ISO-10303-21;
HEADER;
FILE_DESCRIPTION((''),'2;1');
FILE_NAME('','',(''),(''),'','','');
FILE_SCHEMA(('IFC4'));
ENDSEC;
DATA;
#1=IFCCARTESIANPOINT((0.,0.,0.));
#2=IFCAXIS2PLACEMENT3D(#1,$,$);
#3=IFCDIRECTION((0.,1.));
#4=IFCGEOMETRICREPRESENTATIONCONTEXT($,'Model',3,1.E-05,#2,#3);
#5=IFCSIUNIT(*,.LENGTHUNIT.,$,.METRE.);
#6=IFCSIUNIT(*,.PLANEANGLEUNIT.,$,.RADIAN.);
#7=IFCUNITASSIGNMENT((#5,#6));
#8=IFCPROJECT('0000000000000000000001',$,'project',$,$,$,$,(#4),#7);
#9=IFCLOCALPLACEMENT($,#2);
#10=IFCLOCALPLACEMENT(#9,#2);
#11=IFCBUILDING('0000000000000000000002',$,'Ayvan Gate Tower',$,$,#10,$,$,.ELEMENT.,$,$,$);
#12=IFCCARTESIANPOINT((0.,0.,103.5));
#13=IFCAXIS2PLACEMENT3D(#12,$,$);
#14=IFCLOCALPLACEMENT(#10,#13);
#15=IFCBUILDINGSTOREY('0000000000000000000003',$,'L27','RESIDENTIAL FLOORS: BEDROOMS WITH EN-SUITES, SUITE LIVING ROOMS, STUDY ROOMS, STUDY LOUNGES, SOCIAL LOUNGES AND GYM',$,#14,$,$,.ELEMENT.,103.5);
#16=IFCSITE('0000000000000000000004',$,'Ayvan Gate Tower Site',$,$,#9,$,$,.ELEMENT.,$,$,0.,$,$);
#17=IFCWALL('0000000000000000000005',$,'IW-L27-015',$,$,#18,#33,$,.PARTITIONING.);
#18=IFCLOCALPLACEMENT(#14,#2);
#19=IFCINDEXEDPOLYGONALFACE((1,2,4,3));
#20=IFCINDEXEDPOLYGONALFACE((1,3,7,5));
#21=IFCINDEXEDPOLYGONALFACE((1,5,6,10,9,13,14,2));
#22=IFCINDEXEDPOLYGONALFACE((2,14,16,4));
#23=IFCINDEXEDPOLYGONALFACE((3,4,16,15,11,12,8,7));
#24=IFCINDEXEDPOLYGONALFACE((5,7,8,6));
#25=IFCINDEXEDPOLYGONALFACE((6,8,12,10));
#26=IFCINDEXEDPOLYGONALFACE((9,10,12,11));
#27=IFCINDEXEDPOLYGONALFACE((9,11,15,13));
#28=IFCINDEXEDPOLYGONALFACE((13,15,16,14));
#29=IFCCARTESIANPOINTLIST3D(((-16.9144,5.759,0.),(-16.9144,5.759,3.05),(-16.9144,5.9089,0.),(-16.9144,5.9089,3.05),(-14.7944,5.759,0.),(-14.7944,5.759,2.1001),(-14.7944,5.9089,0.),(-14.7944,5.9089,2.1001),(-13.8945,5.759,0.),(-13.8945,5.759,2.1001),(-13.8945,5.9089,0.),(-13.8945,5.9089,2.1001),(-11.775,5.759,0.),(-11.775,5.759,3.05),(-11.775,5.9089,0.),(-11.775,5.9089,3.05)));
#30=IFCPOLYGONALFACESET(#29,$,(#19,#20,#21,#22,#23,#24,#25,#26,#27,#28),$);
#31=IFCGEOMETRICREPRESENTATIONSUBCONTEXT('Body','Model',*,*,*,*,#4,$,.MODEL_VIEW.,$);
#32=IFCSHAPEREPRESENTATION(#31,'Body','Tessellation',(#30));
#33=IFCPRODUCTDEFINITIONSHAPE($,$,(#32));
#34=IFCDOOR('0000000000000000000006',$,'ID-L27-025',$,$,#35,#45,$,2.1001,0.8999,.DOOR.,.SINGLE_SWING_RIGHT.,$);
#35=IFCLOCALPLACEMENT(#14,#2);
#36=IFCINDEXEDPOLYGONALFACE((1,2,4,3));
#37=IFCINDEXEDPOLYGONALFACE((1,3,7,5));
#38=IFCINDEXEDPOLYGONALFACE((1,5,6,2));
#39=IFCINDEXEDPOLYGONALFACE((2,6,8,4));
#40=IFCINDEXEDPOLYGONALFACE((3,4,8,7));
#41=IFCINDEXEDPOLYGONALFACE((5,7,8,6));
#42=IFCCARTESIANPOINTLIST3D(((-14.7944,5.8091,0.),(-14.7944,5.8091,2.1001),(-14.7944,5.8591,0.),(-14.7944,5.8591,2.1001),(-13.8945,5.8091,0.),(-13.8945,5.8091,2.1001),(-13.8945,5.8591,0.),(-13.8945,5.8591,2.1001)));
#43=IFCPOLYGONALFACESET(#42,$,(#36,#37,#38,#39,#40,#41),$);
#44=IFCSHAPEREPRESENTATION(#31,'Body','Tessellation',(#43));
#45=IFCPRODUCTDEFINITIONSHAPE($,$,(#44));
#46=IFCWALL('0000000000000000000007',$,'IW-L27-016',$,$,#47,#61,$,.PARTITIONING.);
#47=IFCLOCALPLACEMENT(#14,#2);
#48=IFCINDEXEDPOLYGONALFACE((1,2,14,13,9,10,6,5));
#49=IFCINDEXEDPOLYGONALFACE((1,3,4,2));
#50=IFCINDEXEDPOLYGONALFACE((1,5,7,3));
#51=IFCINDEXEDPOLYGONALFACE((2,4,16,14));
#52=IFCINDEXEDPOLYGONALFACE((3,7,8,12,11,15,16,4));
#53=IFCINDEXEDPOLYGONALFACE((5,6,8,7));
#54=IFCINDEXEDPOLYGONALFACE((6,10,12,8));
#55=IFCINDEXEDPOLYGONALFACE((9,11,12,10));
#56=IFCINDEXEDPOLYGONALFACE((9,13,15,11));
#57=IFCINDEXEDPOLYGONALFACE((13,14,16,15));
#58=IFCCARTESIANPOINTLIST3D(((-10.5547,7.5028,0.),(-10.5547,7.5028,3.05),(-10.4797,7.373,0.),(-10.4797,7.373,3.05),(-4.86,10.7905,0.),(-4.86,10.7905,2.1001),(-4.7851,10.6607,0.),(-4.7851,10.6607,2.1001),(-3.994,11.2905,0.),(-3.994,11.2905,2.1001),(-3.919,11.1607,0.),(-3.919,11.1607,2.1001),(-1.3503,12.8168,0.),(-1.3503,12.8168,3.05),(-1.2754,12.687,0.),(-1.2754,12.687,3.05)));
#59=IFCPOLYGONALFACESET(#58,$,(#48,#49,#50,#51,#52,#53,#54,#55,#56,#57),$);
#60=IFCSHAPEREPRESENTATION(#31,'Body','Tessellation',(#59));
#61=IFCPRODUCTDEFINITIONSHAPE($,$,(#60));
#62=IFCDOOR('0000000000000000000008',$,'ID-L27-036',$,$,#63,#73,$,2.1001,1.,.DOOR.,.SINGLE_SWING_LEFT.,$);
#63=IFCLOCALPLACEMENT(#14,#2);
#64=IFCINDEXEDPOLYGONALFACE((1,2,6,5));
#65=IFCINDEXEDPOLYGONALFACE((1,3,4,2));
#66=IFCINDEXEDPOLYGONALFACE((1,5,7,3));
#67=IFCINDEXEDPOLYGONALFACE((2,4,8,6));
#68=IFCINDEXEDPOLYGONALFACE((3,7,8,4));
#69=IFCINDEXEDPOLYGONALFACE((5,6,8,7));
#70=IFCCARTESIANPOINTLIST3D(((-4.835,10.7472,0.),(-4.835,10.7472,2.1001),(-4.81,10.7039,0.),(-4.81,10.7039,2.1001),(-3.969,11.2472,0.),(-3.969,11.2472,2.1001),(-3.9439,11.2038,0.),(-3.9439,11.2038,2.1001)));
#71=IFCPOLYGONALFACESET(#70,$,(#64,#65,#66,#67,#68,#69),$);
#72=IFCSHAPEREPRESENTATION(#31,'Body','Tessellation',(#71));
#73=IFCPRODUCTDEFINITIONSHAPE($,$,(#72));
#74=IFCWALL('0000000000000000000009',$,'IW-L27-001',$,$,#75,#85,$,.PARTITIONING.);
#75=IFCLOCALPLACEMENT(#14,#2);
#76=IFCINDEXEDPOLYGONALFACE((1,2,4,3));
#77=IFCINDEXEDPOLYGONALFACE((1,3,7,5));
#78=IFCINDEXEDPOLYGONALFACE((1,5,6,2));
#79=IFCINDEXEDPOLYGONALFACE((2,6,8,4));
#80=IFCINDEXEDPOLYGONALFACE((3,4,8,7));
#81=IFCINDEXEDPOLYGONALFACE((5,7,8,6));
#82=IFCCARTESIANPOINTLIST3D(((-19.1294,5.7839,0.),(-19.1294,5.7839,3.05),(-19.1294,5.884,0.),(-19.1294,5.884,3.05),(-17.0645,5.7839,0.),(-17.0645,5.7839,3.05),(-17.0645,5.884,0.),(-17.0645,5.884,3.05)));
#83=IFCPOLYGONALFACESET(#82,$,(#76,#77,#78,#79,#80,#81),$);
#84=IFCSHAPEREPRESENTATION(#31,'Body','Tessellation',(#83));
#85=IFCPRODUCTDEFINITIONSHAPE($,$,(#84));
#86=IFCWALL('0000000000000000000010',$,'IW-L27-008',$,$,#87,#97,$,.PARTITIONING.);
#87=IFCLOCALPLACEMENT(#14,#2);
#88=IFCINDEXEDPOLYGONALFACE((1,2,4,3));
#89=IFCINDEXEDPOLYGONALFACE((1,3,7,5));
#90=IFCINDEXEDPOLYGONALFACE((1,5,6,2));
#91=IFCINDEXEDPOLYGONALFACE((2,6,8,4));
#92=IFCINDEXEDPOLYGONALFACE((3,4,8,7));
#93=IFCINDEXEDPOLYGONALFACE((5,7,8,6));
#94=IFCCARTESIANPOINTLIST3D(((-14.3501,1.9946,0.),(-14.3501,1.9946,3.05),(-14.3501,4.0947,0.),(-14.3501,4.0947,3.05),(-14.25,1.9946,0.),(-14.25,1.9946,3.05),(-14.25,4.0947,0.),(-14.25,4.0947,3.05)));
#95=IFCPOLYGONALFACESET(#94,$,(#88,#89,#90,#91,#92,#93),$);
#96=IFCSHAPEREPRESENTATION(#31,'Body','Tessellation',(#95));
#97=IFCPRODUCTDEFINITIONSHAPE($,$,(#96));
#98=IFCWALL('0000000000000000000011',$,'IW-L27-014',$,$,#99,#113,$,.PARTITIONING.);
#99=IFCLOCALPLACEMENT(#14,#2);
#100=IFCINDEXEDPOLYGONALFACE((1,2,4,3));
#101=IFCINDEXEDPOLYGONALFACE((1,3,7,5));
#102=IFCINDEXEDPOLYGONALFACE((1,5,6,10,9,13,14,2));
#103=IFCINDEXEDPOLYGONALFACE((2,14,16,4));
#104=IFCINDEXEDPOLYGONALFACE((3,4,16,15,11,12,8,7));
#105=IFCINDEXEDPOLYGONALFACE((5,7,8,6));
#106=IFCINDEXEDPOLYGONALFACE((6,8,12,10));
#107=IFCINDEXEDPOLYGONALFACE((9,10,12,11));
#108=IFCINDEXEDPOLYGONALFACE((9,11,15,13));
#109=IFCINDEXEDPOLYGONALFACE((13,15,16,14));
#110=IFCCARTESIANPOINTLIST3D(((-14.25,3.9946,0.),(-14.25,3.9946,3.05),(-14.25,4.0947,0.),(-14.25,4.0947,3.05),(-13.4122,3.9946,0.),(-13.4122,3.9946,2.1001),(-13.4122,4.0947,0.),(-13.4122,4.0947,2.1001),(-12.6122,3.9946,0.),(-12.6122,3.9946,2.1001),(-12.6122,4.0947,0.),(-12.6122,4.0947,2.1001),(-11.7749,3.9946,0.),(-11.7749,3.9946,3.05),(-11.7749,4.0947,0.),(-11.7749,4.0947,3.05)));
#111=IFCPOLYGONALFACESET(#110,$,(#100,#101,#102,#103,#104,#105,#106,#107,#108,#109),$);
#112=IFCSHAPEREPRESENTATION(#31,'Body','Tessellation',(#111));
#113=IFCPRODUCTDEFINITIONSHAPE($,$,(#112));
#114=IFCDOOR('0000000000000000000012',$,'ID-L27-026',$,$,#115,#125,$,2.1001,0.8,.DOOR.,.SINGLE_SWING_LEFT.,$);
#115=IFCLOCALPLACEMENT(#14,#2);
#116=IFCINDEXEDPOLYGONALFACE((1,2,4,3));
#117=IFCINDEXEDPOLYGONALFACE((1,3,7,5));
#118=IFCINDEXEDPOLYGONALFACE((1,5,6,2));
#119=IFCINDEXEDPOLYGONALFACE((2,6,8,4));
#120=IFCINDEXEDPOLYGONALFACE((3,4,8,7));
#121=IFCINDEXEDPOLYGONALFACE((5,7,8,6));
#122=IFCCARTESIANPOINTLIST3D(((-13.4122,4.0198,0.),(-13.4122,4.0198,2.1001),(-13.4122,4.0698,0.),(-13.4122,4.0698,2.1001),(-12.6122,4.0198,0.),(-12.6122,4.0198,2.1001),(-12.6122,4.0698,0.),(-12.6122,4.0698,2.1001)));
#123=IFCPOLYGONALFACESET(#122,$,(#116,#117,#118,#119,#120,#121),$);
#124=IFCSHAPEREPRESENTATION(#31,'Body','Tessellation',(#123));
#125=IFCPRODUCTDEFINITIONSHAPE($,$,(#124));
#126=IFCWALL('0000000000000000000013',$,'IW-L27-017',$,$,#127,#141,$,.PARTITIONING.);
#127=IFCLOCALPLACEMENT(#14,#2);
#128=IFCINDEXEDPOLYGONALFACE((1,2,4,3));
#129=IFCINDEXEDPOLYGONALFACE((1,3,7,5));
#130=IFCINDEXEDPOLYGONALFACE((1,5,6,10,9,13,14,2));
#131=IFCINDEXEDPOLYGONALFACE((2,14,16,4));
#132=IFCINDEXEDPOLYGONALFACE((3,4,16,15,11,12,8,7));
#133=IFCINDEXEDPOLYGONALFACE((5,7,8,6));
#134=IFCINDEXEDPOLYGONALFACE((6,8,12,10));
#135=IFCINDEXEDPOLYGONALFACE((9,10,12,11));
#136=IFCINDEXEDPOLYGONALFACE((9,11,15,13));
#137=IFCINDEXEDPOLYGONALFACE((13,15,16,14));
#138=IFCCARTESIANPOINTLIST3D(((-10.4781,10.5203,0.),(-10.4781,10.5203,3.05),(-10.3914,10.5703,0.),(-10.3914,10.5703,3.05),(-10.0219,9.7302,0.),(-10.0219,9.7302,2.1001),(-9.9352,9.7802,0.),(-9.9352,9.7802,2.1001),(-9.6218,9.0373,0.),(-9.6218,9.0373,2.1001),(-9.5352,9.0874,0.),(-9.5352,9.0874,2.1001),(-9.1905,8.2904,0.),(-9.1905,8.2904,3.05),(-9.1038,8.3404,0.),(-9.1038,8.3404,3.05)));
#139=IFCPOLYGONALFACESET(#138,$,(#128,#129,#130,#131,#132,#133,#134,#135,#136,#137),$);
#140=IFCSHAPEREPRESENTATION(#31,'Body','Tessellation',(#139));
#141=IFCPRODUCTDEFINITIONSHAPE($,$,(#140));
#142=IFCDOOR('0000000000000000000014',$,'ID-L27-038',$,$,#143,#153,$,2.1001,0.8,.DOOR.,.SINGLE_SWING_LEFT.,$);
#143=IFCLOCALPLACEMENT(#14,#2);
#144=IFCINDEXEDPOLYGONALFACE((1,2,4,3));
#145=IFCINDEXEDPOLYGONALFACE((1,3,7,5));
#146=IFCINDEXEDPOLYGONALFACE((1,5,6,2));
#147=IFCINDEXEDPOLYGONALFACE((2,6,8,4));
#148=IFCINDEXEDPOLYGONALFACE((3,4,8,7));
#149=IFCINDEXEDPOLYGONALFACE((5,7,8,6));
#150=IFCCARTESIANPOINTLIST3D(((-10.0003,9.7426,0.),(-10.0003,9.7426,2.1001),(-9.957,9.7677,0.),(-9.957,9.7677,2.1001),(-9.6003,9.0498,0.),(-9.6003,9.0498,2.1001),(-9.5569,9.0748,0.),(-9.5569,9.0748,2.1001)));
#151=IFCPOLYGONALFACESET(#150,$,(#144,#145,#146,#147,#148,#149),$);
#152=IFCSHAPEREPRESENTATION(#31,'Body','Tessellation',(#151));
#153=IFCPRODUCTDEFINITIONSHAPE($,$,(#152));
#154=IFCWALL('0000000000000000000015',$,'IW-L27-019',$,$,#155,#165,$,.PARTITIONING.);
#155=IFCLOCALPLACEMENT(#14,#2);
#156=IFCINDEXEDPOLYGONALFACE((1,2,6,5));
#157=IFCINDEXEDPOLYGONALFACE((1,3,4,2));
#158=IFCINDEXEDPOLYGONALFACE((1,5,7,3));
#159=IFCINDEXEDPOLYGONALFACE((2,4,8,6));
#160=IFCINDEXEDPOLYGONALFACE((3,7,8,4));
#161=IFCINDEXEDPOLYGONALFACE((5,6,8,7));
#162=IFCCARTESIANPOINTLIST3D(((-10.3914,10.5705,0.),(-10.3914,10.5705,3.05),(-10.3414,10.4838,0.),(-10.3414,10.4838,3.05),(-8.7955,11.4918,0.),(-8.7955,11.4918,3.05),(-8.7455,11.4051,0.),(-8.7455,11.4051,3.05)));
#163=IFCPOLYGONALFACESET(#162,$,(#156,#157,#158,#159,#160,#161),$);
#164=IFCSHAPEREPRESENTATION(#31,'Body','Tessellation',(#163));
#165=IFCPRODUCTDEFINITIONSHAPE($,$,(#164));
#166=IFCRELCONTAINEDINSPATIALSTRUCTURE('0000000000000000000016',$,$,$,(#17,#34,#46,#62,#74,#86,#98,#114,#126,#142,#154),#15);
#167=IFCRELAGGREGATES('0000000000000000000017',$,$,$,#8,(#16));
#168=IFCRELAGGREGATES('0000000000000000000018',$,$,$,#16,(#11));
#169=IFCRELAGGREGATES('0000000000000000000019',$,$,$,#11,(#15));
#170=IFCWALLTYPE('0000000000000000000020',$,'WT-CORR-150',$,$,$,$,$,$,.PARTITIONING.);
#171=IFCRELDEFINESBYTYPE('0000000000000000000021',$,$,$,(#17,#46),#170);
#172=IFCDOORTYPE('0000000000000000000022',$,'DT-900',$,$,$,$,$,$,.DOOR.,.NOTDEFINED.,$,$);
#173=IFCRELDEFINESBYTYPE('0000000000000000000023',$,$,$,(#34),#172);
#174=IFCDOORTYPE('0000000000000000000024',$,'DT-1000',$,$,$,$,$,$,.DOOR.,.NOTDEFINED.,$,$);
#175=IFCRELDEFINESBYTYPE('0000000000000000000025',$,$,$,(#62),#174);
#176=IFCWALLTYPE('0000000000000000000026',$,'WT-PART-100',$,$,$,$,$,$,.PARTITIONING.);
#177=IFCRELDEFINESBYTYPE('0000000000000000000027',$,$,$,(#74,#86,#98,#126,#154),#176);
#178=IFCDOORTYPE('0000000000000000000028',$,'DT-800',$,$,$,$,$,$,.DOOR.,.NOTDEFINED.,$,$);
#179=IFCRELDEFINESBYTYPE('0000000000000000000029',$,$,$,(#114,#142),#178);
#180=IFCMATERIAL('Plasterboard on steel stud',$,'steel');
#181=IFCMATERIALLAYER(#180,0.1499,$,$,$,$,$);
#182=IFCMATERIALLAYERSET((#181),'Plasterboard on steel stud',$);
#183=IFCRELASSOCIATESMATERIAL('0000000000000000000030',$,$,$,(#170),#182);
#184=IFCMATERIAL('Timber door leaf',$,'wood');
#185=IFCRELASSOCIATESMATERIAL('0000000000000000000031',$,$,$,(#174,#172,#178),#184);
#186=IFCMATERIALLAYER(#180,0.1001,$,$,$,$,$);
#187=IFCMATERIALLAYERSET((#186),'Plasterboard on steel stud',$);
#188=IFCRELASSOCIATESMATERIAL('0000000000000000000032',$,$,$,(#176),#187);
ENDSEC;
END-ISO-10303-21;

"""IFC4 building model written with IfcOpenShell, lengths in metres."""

from ifc_helpers import new_model, si_unit, direction, frame, frame_2d, origin, place, context, subcontext, project, spatial, rectangle, extrude, material, layer, layer_set, type_object, element, fill, save


model = new_model("IFC4")

# Units and contexts
model_context = context("Model", 3, precision=1e-05, world=origin(), true_north=direction((0.0, 1.0)))
body_context = subcontext(model_context, "Body", "Model", "MODEL_VIEW")
ifc_project = project(units=[si_unit("LENGTHUNIT", "METRE"), si_unit("PLANEANGLEUNIT", "RADIAN")], contexts=[model_context])

# Site, building, storey
site_placement = place(None, origin())
site = spatial("IfcSite", under=ifc_project, at=site_placement, Name="Ayvan Gate Tower Site", CompositionType="ELEMENT", RefElevation=0.0)
building_placement = place(site_placement, origin())
building = spatial("IfcBuilding", under=site, at=building_placement, Name="Ayvan Gate Tower", CompositionType="ELEMENT")
storey_placement = place(building_placement, frame((0.0, 0.0, 103.5)))
storey = spatial("IfcBuildingStorey", under=building, at=storey_placement, Name="L27", Description="RESIDENTIAL FLOORS: BEDROOMS WITH EN-SUITES, SUITE LIVING ROOMS, STUDY ROOMS, STUDY LOUNGES, SOCIAL LOUNGES AND GYM", CompositionType="ELEMENT", Elevation=103.5)

# Walls, openings, doors
ifc_material_1 = material(Name="Timber door leaf", Category="wood")
ifc_material_2 = material(Name="Plasterboard on steel stud", Category="steel")
ifc_layer_1 = layer(ifc_material_2, 0.1499)
ifc_layer_set_1 = layer_set([ifc_layer_1], Name="Plasterboard on steel stud")
wall_type_1 = type_object("IfcWallType", Name="WT-CORR-150", PredefinedType="PARTITIONING", material=ifc_layer_set_1)
door_type_1 = type_object("IfcDoorType", Name="DT-1000", OperationType="NOTDEFINED", PredefinedType="DOOR", material=ifc_material_1)
door_type_2 = type_object("IfcDoorType", Name="DT-900", OperationType="NOTDEFINED", PredefinedType="DOOR", material=ifc_material_1)
wall_1_placement = place(storey_placement, frame((-11.7749, 5.834, 0.0), z_axis=(0.0, 0.0, 1.0), x_axis=(-1.0, 0.0, 0.0)))
wall_1 = element("IfcWall", 1, at=wall_1_placement, inside=storey, type_object=wall_type_1, Name="IW-L27-015", PredefinedType="PARTITIONING", context=body_context, shape_type="SweptSolid", body=[
    extrude(rectangle(XDim=5.1394, YDim=0.1499, at=frame_2d((2.5698, 0.0))), origin(), (0.0, 0.0, 1.0), 3.05),
])
opening_1_placement = place(wall_1_placement, frame((2.1196, 0.0, 0.0)))
opening_1 = element("IfcOpeningElement", 2, at=opening_1_placement, cuts=wall_1, PredefinedType="OPENING", context=body_context, shape_type="SweptSolid", body=[
    extrude(rectangle(XDim=0.8999, YDim=2.1001, at=frame_2d((0.45, 1.05))), frame((0.0, 0.085, 0.0), z_axis=(0.0, -1.0, 0.0), x_axis=(1.0, 0.0, 0.0)), (0.0, 0.0, 1.0), 0.1699),
])
door_1_placement = place(opening_1_placement, origin())
door_1 = element("IfcDoor", 3, at=door_1_placement, inside=storey, type_object=door_type_2, Name="ID-L27-025", OperationType="SINGLE_SWING_RIGHT", OverallHeight=2.1001, OverallWidth=0.8999, PredefinedType="DOOR", context=body_context, shape_type="SweptSolid", body=[
    extrude(rectangle(XDim=0.8999, YDim=2.1001, at=frame_2d((0.45, 1.05))), frame((0.0, 0.0249, 0.0), z_axis=(0.0, -1.0, 0.0), x_axis=(1.0, 0.0, 0.0)), (0.0, 0.0, 1.0), 0.05),
])
fill(opening_1, door_1)
wall_2_placement = place(storey_placement, frame((-10.5171, 7.438, 0.0), z_axis=(0.0, 0.0, 1.0), x_axis=(0.866032, 0.499988, 0.0)))
wall_2 = element("IfcWall", 4, at=wall_2_placement, inside=storey, type_object=wall_type_1, Name="IW-L27-016", PredefinedType="PARTITIONING", context=body_context, shape_type="SweptSolid", body=[
    extrude(rectangle(XDim=10.6282, YDim=0.1499, at=frame_2d((5.314, 0.0))), origin(), (0.0, 0.0, 1.0), 3.05),
])
opening_2_placement = place(wall_2_placement, frame((6.5754, 0.0, 0.0)))
opening_2 = element("IfcOpeningElement", 5, at=opening_2_placement, cuts=wall_2, PredefinedType="OPENING", context=body_context, shape_type="SweptSolid", body=[
    extrude(rectangle(XDim=1.0, YDim=2.1001, at=frame_2d((0.5, 1.05))), frame((0.0, 0.085, 0.0), z_axis=(0.0, -1.0, 0.0), x_axis=(1.0, 0.0, 0.0)), (0.0, 0.0, 1.0), 0.1699),
])
door_2_placement = place(opening_2_placement, origin())
door_2 = element("IfcDoor", 6, at=door_2_placement, inside=storey, type_object=door_type_1, Name="ID-L27-036", OperationType="SINGLE_SWING_LEFT", OverallHeight=2.1001, OverallWidth=1.0, PredefinedType="DOOR", context=body_context, shape_type="SweptSolid", body=[
    extrude(rectangle(XDim=1.0, YDim=2.1001, at=frame_2d((0.5, 1.05))), frame((0.0, 0.0249, 0.0), z_axis=(0.0, -1.0, 0.0), x_axis=(1.0, 0.0, 0.0)), (0.0, 0.0, 1.0), 0.05),
])
fill(opening_2, door_2)

# Walls
ifc_layer_2 = layer(ifc_material_2, 0.1001)
ifc_layer_set_2 = layer_set([ifc_layer_2], Name="Plasterboard on steel stud")
wall_type_2 = type_object("IfcWallType", Name="WT-PART-100", PredefinedType="PARTITIONING", material=ifc_layer_set_2)
wall_3_placement = place(storey_placement, frame((-17.0645, 5.834, 0.0), z_axis=(0.0, 0.0, 1.0), x_axis=(-1.0, 0.0, 0.0)))
element("IfcWall", 7, at=wall_3_placement, inside=storey, type_object=wall_type_2, Name="IW-L27-001", PredefinedType="PARTITIONING", context=body_context, shape_type="SweptSolid", body=[
    extrude(rectangle(XDim=2.0649, YDim=0.1001, at=frame_2d((1.0325, 0.0))), origin(), (0.0, 0.0, 1.0), 3.05),
])
wall_4_placement = place(storey_placement, frame((-14.3, 4.0947, 0.0), z_axis=(0.0, 0.0, 1.0), x_axis=(0.0, -1.0, 0.0)))
element("IfcWall", 8, at=wall_4_placement, inside=storey, type_object=wall_type_2, Name="IW-L27-008", PredefinedType="PARTITIONING", context=body_context, shape_type="SweptSolid", body=[
    extrude(rectangle(XDim=2.1001, YDim=0.1001, at=frame_2d((1.05, 0.0))), origin(), (0.0, 0.0, 1.0), 3.05),
])

# Walls, openings, doors
wall_5_placement = place(storey_placement, frame((-11.7749, 4.0447, 0.0), z_axis=(0.0, 0.0, 1.0), x_axis=(-1.0, 0.0, 0.0)))
wall_5 = element("IfcWall", 9, at=wall_5_placement, inside=storey, type_object=wall_type_2, Name="IW-L27-014", PredefinedType="PARTITIONING", context=body_context, shape_type="SweptSolid", body=[
    extrude(rectangle(XDim=2.4751, YDim=0.1001, at=frame_2d((1.2375, 0.0))), origin(), (0.0, 0.0, 1.0), 3.05),
])
opening_3_placement = place(wall_5_placement, frame((0.8374, 0.0, 0.0)))
opening_3 = element("IfcOpeningElement", 10, at=opening_3_placement, cuts=wall_5, PredefinedType="OPENING", context=body_context, shape_type="SweptSolid", body=[
    extrude(rectangle(XDim=0.8, YDim=2.1001, at=frame_2d((0.3999, 1.05))), frame((0.0, 0.0601, 0.0), z_axis=(0.0, -1.0, 0.0), x_axis=(1.0, 0.0, 0.0)), (0.0, 0.0, 1.0), 0.1201),
])
door_type_3 = type_object("IfcDoorType", Name="DT-800", OperationType="NOTDEFINED", PredefinedType="DOOR", material=ifc_material_1)
door_3_placement = place(opening_3_placement, origin())
door_3 = element("IfcDoor", 11, at=door_3_placement, inside=storey, type_object=door_type_3, Name="ID-L27-026", OperationType="SINGLE_SWING_LEFT", OverallHeight=2.1001, OverallWidth=0.8, PredefinedType="DOOR", context=body_context, shape_type="SweptSolid", body=[
    extrude(rectangle(XDim=0.8, YDim=2.1001, at=frame_2d((0.3999, 1.05))), frame((0.0, 0.0249, 0.0), z_axis=(0.0, -1.0, 0.0), x_axis=(1.0, 0.0, 0.0)), (0.0, 0.0, 1.0), 0.05),
])
fill(opening_3, door_3)
wall_6_placement = place(storey_placement, frame((-10.4348, 10.5454, 0.0), z_axis=(0.0, 0.0, 1.0), x_axis=(0.500034, -0.866006, 0.0)))
wall_6 = element("IfcWall", 12, at=wall_6_placement, inside=storey, type_object=wall_type_2, Name="IW-L27-017", PredefinedType="PARTITIONING", context=body_context, shape_type="SweptSolid", body=[
    extrude(rectangle(XDim=2.575, YDim=0.1001, at=frame_2d((1.2876, 0.0))), origin(), (0.0, 0.0, 1.0), 3.05),
])
opening_4_placement = place(wall_6_placement, frame((0.9126, 0.0, 0.0)))
opening_4 = element("IfcOpeningElement", 13, at=opening_4_placement, cuts=wall_6, PredefinedType="OPENING", context=body_context, shape_type="SweptSolid", body=[
    extrude(rectangle(XDim=0.8, YDim=2.1001, at=frame_2d((0.3999, 1.05))), frame((0.0, 0.0601, 0.0), z_axis=(0.0, -1.0, 0.0), x_axis=(1.0, 0.0, 0.0)), (0.0, 0.0, 1.0), 0.1201),
])
door_4_placement = place(opening_4_placement, origin())
door_4 = element("IfcDoor", 14, at=door_4_placement, inside=storey, type_object=door_type_3, Name="ID-L27-038", OperationType="SINGLE_SWING_LEFT", OverallHeight=2.1001, OverallWidth=0.8, PredefinedType="DOOR", context=body_context, shape_type="SweptSolid", body=[
    extrude(rectangle(XDim=0.8, YDim=2.1001, at=frame_2d((0.3999, 1.05))), frame((0.0, 0.0249, 0.0), z_axis=(0.0, -1.0, 0.0), x_axis=(1.0, 0.0, 0.0)), (0.0, 0.0, 1.0), 0.05),
])
fill(opening_4, door_4)

# Wall
wall_7_placement = place(storey_placement, frame((-8.7705, 11.4485, 0.0), z_axis=(0.0, 0.0, 1.0), x_axis=(-0.866033, -0.499986, 0.0)))
element("IfcWall", 15, at=wall_7_placement, inside=storey, type_object=wall_type_2, Name="IW-L27-019", PredefinedType="PARTITIONING", context=body_context, shape_type="SweptSolid", body=[
    extrude(rectangle(XDim=1.8428, YDim=0.1001, at=frame_2d((0.9214, 0.0))), origin(), (0.0, 0.0, 1.0), 3.05),
])

save(model, "model.ifc")
